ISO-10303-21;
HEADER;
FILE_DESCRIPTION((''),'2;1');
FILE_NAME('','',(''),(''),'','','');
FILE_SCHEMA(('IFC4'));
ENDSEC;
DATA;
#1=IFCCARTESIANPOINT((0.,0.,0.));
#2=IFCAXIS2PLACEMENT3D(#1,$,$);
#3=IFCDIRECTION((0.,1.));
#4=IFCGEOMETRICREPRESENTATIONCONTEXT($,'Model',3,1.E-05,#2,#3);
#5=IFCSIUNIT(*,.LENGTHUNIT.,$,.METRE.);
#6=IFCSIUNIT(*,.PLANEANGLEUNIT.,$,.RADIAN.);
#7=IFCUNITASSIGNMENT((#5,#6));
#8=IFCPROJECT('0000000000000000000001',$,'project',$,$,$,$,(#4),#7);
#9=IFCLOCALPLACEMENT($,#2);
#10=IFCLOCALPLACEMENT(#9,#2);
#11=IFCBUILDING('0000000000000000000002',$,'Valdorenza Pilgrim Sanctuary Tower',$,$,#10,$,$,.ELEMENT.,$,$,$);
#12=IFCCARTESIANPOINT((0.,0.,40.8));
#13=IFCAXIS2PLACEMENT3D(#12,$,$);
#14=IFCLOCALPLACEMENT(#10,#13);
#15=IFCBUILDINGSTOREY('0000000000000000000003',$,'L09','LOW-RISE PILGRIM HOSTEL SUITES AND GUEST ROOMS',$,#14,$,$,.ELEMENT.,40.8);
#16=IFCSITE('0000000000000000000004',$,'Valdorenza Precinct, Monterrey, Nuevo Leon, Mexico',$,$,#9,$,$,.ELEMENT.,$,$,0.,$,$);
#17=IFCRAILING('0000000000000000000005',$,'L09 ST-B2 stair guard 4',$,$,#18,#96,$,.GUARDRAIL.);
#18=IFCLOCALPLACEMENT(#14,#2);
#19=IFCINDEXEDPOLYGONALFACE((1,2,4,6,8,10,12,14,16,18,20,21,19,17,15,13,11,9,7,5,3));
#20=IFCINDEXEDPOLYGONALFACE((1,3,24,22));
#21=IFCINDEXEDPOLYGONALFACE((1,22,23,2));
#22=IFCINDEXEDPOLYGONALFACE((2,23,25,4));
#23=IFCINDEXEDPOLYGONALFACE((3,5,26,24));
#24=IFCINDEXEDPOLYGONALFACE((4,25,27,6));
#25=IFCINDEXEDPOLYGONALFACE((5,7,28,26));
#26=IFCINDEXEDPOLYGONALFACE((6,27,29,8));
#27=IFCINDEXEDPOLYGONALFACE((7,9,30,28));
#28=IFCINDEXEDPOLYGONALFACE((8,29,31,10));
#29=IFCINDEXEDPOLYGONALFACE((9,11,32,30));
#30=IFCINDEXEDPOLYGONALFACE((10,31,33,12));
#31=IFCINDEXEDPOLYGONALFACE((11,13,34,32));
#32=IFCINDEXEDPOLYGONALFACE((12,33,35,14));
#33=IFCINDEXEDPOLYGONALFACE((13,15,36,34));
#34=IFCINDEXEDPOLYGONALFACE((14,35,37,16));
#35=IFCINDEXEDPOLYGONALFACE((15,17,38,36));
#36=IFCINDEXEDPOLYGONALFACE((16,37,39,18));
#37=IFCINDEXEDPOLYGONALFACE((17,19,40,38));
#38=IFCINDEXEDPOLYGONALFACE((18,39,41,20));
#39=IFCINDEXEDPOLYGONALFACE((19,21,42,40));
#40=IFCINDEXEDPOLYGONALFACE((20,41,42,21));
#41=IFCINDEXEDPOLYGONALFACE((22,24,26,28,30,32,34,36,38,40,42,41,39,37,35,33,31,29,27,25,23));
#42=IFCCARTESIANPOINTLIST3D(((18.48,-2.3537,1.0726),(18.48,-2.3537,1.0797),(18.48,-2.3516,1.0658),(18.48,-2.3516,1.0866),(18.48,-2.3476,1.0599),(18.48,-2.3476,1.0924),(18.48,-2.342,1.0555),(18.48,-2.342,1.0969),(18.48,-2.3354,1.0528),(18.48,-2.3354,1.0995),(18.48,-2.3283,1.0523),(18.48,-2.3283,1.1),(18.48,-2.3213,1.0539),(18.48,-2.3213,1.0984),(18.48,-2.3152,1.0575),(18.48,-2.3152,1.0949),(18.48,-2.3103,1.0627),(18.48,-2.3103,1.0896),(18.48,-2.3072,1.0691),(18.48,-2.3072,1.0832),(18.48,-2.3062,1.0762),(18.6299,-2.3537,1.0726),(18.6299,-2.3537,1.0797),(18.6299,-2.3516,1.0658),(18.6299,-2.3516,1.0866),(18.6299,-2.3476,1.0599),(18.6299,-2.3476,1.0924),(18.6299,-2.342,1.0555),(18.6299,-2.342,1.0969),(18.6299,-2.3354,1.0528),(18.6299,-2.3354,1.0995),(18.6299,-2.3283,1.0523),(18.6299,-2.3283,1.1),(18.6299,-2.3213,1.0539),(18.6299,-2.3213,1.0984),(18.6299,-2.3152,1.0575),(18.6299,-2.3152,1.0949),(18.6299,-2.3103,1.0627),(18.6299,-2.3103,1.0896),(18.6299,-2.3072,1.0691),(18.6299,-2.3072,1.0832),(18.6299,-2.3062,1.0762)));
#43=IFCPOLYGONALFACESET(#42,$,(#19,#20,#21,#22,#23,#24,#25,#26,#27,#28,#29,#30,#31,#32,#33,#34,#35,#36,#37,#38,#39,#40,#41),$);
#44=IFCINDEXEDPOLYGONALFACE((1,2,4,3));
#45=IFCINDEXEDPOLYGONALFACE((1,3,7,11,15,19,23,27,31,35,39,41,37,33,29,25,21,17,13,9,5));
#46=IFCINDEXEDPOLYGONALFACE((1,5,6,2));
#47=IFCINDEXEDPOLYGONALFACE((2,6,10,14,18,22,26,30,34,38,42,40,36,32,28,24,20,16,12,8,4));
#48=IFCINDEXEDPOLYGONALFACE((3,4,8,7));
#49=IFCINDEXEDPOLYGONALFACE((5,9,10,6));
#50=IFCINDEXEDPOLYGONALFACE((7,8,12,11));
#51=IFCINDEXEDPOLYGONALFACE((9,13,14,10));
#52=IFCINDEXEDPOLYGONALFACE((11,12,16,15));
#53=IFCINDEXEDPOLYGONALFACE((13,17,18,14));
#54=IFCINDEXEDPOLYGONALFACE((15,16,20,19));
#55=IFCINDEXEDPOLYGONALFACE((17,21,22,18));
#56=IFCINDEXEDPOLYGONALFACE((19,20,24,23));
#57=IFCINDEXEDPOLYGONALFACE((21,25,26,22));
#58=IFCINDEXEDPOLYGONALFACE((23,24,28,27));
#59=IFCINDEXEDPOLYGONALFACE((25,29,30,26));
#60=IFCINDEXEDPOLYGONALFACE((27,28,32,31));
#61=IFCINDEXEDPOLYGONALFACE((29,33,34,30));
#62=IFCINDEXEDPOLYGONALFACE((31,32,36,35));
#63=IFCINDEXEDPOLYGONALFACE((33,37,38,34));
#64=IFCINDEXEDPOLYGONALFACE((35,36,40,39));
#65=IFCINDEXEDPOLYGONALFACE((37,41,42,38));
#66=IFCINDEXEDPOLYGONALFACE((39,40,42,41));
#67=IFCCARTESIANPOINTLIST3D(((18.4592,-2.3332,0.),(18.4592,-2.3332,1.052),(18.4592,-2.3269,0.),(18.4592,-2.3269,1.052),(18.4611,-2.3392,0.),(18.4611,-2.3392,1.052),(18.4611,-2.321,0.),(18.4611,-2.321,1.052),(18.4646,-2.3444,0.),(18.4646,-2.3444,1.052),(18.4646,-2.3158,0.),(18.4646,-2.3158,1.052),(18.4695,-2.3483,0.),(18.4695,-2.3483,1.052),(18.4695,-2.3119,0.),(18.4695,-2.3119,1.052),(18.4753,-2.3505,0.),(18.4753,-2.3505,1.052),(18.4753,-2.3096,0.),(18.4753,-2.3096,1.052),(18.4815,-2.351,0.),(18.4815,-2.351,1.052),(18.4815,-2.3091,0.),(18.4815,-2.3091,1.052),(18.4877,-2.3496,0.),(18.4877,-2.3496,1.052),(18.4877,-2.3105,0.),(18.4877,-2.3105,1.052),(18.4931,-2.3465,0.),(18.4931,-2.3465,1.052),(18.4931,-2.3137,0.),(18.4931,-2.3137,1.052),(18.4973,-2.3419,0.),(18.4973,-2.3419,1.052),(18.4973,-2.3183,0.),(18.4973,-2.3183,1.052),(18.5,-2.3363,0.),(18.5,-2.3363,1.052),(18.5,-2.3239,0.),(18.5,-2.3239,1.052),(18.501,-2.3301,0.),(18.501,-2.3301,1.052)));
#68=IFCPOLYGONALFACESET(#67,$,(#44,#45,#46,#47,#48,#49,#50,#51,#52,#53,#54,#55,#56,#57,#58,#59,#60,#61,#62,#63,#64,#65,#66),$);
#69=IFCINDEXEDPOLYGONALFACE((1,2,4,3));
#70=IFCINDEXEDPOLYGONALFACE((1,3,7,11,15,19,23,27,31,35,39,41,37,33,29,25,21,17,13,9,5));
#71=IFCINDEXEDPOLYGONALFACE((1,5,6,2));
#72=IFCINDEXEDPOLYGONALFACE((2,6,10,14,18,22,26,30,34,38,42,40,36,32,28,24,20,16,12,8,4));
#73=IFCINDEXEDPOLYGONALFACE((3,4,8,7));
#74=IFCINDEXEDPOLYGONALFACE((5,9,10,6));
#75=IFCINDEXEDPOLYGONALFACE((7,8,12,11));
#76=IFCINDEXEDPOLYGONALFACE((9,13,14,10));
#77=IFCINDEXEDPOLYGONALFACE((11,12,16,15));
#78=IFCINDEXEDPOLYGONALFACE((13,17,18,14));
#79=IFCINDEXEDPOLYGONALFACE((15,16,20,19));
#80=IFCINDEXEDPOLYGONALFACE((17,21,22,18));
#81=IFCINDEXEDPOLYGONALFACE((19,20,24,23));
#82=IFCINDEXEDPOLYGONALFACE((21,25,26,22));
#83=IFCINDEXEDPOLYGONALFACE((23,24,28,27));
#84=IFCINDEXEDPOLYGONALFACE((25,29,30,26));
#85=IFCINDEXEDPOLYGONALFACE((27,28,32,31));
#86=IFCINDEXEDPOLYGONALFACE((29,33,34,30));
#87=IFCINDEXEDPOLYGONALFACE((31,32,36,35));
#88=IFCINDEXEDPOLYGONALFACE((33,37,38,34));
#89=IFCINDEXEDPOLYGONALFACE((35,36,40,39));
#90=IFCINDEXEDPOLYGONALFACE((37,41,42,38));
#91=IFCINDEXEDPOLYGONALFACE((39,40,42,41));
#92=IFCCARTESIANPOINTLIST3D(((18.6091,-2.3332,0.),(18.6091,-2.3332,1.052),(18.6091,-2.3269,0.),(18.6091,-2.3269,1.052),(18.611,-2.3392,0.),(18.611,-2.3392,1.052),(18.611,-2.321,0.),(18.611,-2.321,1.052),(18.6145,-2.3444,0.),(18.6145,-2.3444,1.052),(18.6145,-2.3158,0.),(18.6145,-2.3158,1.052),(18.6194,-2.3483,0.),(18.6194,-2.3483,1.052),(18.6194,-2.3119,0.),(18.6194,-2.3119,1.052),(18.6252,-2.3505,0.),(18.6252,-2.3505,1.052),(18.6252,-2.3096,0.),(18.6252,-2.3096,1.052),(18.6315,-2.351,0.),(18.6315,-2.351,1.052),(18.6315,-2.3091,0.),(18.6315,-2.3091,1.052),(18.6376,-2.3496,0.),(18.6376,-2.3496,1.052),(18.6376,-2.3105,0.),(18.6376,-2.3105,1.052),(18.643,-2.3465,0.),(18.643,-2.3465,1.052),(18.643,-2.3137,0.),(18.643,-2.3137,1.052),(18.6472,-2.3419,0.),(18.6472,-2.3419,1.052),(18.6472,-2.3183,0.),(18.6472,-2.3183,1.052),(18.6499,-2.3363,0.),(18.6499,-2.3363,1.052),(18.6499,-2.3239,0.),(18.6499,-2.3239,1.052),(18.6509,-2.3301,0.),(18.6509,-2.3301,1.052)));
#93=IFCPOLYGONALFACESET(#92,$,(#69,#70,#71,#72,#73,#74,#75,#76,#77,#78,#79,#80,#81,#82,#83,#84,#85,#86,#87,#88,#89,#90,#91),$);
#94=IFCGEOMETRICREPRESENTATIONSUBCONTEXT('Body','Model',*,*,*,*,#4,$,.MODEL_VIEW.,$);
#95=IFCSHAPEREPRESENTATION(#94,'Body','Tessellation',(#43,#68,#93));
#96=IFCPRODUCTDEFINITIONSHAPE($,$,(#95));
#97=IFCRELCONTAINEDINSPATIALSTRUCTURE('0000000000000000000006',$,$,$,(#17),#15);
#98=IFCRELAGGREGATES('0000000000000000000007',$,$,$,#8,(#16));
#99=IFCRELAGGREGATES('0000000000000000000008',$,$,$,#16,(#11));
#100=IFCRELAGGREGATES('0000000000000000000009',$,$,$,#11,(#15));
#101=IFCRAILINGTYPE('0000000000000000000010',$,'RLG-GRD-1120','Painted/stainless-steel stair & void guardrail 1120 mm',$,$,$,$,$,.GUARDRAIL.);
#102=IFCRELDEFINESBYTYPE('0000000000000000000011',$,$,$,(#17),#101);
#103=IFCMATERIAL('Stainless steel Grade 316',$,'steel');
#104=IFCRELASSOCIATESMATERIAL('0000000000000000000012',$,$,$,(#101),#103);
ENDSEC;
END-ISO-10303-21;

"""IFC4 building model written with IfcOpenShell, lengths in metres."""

from ifc_helpers import new_model, si_unit, direction, frame, origin, origin_2d, place, context, subcontext, project, spatial, circle, extrude, material, type_object, element, save


model = new_model("IFC4")

# Units and contexts
model_context = context("Model", 3, precision=1e-05, world=origin(), true_north=direction((0.0, 1.0)))
body_context = subcontext(model_context, "Body", "Model", "MODEL_VIEW")
ifc_project = project(units=[si_unit("LENGTHUNIT", "METRE"), si_unit("PLANEANGLEUNIT", "RADIAN")], contexts=[model_context])

# Site, building, storey
site_placement = place(None, origin())
site = spatial("IfcSite", under=ifc_project, at=site_placement, Name="Valdorenza Precinct, Monterrey, Nuevo Leon, Mexico", CompositionType="ELEMENT", RefElevation=0.0)
building_placement = place(site_placement, origin())
building = spatial("IfcBuilding", under=site, at=building_placement, Name="Valdorenza Pilgrim Sanctuary Tower", CompositionType="ELEMENT")
storey_placement = place(building_placement, frame((0.0, 0.0, 40.8)))
storey = spatial("IfcBuildingStorey", under=building, at=storey_placement, Name="L09", Description="LOW-RISE PILGRIM HOSTEL SUITES AND GUEST ROOMS", CompositionType="ELEMENT", Elevation=40.8)

# Railing
ifc_material_1 = material(Name="Stainless steel Grade 316", Category="steel")
railing_type_1 = type_object("IfcRailingType", Name="RLG-GRD-1120", Description="Painted/stainless-steel stair & void guardrail 1120 mm", PredefinedType="GUARDRAIL", material=ifc_material_1)
railing_1_placement = place(storey_placement, frame((18.48, -2.3301, 0.0)))
element("IfcRailing", 1, at=railing_1_placement, inside=storey, type_object=railing_type_1, Name="L09 ST-B2 stair guard 4", PredefinedType="GUARDRAIL", context=body_context, shape_type="SweptSolid", body=[
    extrude(circle(Radius=0.0239, at=origin_2d()), frame((0.0, 0.0, 1.0762), z_axis=(1.0, 0.0, 0.0), x_axis=(0.0, 1.0, 0.0)), (0.0, 0.0, 1.0), 0.1499),
    extrude(circle(Radius=0.021, at=origin_2d()), origin(), (0.0, 0.0, 1.0), 1.052),
    extrude(circle(Radius=0.021, at=origin_2d()), frame((0.1499, 0.0, 0.0)), (0.0, 0.0, 1.0), 1.052),
])

save(model, "model.ifc")
